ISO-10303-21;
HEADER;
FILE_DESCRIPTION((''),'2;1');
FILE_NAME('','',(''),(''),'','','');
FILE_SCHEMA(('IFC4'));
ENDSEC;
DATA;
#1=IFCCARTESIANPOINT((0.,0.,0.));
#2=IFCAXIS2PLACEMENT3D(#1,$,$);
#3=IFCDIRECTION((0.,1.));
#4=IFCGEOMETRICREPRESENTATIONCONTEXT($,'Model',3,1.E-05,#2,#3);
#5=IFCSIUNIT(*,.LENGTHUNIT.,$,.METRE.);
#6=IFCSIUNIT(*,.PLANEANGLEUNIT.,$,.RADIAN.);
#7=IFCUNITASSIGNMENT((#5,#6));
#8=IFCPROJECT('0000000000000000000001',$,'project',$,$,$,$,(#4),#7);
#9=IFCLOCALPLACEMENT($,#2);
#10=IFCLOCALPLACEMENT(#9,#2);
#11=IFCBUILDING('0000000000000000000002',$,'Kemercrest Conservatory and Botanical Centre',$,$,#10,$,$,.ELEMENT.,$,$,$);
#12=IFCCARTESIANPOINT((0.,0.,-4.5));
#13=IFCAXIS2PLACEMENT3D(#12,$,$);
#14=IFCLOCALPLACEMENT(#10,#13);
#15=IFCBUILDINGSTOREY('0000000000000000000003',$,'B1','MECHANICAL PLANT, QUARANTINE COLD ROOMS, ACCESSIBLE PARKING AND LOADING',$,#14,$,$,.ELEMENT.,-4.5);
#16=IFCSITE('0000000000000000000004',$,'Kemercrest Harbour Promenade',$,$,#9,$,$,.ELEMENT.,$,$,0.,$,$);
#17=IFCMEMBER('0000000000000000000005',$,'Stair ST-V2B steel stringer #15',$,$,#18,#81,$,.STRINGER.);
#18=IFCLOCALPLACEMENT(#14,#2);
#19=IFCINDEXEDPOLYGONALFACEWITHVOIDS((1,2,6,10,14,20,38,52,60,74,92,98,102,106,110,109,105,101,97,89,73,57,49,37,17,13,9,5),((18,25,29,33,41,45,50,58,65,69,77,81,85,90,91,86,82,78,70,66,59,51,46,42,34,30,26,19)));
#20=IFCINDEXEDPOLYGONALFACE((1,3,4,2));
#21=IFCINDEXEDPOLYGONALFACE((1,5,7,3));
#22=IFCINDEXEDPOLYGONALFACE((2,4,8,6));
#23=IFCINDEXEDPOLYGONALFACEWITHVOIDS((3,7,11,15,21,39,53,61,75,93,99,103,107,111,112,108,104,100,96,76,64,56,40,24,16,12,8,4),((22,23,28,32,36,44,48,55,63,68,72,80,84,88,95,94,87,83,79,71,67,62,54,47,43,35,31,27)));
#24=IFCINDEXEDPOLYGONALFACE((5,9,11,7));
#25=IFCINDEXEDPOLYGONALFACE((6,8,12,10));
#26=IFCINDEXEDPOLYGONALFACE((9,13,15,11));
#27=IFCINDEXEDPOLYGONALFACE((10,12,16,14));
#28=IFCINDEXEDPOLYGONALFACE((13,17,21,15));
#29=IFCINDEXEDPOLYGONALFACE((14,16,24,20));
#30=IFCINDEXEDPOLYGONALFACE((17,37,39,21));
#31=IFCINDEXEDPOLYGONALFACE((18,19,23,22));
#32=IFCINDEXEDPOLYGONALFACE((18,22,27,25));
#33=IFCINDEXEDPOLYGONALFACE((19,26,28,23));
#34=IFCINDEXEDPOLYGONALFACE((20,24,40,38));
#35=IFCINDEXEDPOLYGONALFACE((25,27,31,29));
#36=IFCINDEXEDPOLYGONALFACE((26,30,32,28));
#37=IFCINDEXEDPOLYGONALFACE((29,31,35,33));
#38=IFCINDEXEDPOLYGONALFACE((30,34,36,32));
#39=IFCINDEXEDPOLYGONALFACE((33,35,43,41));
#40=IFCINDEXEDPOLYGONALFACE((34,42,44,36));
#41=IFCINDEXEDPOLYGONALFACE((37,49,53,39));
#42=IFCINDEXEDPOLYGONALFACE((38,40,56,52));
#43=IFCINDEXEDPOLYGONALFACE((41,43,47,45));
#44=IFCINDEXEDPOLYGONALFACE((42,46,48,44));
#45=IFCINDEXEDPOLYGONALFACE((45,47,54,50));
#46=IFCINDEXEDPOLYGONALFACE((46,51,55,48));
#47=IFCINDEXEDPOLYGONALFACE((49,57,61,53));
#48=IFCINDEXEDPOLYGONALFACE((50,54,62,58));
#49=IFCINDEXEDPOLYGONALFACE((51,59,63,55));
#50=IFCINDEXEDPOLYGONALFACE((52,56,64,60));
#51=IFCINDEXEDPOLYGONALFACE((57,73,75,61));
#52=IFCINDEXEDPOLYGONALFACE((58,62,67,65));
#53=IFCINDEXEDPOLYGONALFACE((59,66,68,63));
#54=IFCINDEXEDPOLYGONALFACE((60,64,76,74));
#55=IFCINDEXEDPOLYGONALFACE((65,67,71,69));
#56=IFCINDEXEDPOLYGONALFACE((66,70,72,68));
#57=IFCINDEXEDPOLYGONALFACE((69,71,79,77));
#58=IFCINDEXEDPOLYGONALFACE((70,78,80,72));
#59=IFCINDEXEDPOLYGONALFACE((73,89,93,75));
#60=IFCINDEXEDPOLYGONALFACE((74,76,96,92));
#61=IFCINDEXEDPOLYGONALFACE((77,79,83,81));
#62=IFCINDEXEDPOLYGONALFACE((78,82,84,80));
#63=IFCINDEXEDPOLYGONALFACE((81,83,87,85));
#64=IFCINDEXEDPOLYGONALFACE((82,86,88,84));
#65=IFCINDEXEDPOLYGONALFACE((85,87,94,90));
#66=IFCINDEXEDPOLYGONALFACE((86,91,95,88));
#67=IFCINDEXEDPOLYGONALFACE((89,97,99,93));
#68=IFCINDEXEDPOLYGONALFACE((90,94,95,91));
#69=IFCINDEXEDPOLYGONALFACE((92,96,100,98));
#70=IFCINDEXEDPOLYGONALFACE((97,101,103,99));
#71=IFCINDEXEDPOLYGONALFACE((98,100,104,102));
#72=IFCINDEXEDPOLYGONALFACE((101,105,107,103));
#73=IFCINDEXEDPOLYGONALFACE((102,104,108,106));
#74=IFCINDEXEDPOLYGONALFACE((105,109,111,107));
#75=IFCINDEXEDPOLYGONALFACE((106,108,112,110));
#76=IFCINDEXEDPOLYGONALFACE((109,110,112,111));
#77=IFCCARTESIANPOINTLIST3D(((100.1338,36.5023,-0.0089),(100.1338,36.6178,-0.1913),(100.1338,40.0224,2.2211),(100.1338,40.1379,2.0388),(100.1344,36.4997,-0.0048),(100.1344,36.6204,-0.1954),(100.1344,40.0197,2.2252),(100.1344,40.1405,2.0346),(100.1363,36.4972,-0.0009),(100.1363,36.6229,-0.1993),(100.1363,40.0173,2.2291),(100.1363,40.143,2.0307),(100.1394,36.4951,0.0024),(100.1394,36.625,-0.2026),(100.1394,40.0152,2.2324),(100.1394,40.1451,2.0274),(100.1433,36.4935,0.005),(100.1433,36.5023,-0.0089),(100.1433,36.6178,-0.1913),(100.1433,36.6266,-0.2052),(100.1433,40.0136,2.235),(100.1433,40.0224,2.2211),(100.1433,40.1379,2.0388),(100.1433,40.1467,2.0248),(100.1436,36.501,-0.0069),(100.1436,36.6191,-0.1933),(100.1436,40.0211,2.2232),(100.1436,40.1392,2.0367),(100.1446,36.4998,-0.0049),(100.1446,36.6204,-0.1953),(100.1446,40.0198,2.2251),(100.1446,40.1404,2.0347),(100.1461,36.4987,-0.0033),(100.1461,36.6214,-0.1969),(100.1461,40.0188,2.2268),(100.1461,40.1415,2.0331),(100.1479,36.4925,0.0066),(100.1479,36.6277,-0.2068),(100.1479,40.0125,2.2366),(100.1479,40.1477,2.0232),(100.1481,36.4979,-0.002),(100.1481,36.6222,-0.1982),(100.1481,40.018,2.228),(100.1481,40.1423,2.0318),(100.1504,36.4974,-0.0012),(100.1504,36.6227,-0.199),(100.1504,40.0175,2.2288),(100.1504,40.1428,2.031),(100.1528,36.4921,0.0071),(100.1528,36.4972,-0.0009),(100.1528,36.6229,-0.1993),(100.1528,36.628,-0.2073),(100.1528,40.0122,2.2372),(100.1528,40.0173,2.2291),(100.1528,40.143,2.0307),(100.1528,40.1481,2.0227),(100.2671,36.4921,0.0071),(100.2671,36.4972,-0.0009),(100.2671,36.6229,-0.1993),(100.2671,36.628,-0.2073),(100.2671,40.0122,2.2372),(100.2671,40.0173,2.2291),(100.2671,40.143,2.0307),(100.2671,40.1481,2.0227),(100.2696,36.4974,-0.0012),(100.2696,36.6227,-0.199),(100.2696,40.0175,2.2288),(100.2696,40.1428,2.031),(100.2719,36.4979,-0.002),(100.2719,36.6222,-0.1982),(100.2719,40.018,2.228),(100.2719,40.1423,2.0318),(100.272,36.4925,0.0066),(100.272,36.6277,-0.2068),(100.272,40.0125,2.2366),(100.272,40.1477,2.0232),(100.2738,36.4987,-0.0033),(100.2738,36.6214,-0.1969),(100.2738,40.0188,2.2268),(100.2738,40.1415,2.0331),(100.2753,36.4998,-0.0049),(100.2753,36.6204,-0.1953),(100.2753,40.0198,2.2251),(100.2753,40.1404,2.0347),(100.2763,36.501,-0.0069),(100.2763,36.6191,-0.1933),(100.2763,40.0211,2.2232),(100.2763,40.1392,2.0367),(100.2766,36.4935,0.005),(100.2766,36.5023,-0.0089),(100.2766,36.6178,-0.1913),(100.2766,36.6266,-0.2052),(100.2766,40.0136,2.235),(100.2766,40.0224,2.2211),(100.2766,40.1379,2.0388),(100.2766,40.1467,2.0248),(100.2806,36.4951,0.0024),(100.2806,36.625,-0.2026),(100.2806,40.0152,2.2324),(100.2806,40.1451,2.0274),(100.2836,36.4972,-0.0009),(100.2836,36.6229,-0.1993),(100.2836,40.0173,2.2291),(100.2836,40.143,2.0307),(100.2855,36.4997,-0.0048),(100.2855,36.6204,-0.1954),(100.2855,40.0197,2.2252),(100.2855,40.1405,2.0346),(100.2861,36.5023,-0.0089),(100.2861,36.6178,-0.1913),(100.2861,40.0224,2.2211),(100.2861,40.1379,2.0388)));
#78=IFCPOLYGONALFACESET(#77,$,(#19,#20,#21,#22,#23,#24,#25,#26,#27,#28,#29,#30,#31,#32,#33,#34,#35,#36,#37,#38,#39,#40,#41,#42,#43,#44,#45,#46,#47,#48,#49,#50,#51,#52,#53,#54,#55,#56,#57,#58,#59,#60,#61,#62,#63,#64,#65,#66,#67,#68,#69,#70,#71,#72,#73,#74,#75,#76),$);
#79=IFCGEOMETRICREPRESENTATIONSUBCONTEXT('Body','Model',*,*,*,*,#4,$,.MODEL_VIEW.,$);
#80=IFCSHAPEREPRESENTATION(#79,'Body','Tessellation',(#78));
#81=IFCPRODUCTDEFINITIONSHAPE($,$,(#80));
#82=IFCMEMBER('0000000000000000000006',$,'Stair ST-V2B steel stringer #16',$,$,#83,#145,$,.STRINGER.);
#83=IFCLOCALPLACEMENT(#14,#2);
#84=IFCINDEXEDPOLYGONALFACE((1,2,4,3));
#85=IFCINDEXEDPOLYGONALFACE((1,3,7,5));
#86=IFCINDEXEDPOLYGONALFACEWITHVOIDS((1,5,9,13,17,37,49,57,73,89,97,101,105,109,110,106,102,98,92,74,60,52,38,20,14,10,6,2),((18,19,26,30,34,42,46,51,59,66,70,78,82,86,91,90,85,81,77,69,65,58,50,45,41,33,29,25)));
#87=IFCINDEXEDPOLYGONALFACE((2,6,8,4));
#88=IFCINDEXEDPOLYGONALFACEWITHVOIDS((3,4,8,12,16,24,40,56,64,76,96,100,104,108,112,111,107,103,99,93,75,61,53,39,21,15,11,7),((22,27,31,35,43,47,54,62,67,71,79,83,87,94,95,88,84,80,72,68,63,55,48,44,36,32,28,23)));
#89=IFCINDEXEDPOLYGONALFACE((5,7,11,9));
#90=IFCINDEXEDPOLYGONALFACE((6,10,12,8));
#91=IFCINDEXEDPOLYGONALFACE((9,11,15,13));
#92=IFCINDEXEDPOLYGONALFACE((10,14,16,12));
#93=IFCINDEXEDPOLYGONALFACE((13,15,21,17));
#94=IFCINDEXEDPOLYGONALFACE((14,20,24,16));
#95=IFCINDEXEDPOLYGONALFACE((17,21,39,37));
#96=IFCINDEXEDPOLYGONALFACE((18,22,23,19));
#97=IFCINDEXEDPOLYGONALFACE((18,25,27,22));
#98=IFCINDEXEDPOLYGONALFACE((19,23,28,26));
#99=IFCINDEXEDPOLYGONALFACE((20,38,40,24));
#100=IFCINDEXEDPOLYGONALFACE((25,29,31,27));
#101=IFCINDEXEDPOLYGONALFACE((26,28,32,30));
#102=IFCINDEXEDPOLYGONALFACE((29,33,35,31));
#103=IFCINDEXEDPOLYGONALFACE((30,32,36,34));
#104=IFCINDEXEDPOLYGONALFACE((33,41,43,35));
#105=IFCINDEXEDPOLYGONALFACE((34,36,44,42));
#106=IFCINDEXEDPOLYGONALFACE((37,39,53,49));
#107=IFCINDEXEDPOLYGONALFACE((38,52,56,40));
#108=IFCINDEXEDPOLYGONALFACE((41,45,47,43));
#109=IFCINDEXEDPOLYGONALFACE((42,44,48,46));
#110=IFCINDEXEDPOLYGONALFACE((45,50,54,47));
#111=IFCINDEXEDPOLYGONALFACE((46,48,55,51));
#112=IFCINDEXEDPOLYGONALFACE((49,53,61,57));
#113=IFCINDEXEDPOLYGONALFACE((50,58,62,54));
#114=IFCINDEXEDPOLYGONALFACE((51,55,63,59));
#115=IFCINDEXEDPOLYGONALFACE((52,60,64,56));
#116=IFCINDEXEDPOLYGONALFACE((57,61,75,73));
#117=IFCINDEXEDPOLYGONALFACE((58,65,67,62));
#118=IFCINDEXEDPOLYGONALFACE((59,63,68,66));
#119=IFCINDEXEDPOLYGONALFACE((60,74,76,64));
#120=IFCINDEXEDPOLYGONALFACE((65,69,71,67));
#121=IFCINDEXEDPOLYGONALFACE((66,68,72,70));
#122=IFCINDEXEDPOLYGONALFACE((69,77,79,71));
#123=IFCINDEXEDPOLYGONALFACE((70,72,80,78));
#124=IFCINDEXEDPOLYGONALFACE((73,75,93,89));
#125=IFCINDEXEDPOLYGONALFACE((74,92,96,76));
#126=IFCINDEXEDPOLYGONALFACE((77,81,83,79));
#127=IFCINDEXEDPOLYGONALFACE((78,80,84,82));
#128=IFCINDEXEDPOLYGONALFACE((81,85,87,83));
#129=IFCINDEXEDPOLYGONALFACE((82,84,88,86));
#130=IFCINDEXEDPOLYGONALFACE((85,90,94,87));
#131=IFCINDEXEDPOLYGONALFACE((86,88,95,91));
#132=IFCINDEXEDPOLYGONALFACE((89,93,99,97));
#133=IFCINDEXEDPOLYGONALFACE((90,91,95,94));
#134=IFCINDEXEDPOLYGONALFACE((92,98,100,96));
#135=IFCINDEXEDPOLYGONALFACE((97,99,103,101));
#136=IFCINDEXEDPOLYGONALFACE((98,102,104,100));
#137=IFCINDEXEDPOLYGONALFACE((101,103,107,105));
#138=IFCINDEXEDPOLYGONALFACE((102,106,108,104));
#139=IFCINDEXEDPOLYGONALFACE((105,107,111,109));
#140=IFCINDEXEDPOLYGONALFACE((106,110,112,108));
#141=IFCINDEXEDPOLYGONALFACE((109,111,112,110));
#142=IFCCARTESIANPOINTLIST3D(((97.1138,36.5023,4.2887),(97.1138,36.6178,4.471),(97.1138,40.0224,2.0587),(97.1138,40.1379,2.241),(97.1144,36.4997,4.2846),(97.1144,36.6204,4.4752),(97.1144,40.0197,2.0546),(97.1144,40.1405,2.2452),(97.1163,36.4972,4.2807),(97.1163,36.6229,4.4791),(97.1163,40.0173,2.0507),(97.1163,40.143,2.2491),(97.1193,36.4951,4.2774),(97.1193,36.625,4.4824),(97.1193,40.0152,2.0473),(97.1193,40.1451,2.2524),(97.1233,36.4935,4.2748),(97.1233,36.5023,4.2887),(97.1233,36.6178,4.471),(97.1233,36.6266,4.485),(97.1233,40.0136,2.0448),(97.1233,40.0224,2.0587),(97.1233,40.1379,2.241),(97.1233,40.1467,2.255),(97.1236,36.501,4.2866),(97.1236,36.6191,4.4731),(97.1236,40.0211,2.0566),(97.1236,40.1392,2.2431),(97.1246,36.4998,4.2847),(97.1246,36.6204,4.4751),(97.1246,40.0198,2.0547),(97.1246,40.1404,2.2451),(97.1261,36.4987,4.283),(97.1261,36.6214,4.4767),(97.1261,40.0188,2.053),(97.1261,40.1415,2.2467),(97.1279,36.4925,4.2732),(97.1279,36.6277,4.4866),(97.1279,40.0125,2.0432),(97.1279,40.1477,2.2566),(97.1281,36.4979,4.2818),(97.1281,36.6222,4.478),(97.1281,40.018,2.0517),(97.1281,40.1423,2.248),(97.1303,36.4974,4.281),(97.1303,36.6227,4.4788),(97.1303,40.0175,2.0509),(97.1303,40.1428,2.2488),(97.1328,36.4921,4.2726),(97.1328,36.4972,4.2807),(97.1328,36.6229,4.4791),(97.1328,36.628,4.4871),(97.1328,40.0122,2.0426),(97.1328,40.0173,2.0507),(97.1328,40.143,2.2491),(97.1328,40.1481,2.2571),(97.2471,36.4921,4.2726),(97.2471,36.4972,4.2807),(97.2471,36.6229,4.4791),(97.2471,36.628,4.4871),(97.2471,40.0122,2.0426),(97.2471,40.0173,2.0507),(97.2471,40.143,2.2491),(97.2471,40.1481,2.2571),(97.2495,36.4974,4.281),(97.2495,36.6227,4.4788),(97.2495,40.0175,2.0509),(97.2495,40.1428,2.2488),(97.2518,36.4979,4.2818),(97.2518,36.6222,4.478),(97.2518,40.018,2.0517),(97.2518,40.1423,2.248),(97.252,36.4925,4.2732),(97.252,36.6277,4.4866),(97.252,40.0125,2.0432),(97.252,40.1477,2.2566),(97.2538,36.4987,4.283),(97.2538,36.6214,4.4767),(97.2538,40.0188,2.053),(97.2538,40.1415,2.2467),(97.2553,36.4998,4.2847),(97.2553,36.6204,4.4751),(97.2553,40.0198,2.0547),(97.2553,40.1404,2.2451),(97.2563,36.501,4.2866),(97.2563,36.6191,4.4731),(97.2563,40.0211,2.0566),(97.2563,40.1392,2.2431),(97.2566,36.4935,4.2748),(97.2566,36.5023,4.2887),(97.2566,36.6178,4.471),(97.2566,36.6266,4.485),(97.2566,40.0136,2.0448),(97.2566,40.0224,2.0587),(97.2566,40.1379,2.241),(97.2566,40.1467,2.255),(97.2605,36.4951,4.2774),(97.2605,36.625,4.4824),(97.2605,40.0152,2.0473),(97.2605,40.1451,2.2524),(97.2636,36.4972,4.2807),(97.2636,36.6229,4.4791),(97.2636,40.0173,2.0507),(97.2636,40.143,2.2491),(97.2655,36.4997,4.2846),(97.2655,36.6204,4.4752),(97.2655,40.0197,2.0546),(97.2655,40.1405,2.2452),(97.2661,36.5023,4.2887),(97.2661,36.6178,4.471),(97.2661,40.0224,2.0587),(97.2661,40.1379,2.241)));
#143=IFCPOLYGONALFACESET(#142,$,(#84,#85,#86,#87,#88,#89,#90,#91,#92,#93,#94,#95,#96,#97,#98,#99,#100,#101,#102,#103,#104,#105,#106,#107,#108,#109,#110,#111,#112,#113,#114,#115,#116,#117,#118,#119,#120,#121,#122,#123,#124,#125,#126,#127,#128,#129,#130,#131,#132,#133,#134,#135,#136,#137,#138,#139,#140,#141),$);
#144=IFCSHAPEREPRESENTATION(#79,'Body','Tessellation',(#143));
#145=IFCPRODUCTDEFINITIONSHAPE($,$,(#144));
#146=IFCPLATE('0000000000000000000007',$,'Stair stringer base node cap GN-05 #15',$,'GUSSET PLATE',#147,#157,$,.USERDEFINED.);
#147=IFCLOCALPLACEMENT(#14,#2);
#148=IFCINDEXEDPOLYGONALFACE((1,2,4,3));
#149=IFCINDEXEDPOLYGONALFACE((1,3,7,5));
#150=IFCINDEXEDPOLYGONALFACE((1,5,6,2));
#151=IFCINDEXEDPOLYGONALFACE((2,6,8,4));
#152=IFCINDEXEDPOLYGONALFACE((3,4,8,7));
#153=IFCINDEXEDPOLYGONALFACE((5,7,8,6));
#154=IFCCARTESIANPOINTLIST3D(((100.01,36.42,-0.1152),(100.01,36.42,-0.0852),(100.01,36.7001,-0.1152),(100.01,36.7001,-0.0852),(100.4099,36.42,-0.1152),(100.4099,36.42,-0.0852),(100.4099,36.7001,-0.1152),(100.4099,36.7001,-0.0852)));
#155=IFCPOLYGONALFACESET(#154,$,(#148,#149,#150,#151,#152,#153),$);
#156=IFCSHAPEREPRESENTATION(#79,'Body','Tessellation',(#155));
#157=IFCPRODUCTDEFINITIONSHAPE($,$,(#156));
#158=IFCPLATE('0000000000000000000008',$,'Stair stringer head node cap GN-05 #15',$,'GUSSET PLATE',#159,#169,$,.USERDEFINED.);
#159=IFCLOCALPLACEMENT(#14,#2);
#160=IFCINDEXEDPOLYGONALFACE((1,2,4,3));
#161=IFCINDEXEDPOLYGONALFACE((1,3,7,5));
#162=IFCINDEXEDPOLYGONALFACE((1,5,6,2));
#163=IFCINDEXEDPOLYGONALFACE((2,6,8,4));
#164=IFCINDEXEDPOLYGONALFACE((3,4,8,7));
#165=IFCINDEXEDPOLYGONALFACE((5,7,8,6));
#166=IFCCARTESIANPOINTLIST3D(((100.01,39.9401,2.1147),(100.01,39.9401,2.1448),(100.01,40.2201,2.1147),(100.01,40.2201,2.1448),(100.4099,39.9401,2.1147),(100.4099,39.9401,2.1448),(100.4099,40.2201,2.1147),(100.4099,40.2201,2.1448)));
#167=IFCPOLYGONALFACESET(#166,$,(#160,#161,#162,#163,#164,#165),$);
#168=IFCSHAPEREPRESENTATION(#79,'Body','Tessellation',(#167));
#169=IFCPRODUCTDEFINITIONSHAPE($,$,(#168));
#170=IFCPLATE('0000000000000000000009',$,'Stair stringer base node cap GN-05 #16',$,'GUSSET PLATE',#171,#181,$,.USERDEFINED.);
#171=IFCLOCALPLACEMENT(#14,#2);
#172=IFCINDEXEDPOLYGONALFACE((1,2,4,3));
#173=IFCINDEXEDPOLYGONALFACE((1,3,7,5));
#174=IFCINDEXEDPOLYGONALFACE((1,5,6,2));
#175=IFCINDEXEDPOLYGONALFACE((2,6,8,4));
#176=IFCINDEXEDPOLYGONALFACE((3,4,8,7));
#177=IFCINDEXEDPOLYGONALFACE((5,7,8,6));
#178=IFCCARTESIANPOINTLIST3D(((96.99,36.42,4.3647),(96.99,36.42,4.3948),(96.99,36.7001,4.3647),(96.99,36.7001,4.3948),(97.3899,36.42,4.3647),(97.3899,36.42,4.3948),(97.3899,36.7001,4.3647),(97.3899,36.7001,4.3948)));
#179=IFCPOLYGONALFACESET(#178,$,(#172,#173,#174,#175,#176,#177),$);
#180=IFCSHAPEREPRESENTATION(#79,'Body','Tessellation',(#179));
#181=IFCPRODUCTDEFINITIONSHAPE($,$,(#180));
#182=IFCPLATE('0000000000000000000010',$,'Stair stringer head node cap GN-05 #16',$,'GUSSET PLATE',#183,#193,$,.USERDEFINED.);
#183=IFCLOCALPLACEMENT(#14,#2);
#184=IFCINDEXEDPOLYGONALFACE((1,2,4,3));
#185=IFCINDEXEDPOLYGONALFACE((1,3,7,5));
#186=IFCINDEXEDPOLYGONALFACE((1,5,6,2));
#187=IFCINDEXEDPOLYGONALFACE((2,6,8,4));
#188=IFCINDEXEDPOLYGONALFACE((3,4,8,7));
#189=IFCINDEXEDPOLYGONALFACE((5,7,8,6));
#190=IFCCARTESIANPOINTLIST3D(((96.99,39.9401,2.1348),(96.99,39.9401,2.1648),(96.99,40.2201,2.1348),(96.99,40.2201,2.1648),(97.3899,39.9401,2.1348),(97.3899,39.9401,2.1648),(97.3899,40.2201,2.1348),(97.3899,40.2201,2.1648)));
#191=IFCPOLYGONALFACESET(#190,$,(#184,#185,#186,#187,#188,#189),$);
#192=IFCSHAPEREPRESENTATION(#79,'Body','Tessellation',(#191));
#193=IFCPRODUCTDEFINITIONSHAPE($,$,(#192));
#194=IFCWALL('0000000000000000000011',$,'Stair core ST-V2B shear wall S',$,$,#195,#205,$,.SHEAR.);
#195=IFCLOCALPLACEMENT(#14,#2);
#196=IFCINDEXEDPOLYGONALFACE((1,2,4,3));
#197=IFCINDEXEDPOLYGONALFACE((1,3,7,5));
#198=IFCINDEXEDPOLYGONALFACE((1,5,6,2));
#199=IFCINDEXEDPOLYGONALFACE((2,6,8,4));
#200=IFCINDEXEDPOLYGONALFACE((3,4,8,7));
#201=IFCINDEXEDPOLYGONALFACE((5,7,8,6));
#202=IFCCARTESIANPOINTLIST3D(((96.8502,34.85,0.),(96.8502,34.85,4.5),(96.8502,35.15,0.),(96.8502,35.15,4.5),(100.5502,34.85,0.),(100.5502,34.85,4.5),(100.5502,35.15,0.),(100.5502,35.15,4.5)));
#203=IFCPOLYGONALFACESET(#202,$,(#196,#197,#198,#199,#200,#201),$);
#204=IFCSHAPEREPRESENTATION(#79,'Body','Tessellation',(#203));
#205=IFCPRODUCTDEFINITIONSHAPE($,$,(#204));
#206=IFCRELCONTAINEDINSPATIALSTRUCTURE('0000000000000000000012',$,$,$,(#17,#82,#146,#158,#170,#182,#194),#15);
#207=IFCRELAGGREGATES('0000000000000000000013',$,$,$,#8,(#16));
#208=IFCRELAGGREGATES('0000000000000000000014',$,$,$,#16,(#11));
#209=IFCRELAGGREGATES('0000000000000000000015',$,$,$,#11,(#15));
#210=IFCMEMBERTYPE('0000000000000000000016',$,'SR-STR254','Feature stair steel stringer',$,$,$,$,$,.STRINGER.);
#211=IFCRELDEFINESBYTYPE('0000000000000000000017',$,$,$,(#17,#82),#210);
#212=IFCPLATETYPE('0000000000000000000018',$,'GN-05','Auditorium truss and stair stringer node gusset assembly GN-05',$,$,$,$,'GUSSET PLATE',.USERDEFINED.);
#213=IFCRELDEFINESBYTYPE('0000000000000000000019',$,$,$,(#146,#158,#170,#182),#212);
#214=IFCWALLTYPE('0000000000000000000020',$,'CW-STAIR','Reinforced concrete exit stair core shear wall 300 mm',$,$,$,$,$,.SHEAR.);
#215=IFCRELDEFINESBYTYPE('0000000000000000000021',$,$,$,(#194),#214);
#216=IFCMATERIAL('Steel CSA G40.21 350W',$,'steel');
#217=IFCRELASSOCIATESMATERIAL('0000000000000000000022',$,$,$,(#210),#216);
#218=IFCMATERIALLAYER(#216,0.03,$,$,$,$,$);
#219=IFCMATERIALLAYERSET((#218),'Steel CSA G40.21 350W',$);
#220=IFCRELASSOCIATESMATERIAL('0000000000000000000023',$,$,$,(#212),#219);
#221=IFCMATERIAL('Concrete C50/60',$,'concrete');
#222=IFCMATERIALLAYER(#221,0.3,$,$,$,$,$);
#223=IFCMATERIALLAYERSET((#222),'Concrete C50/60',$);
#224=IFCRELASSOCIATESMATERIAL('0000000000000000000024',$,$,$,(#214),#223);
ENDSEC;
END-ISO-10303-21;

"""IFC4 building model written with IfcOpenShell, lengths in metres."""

from ifc_helpers import new_model, si_unit, direction, frame, frame_2d, origin, origin_2d, place, context, subcontext, project, spatial, rectangle, hollow_rectangle, extrude, material, layer, layer_set, material_profile, profile_set, type_object, element, save


model = new_model("IFC4")

# Units and contexts
model_context = context("Model", 3, precision=1e-05, world=origin(), true_north=direction((0.0, 1.0)))
body_context = subcontext(model_context, "Body", "Model", "MODEL_VIEW")
ifc_project = project(units=[si_unit("LENGTHUNIT", "METRE"), si_unit("PLANEANGLEUNIT", "RADIAN")], contexts=[model_context])

# Site, building, storey
site_placement = place(None, origin())
site = spatial("IfcSite", under=ifc_project, at=site_placement, Name="Kemercrest Harbour Promenade", CompositionType="ELEMENT", RefElevation=0.0)
building_placement = place(site_placement, origin())
building = spatial("IfcBuilding", under=site, at=building_placement, Name="Kemercrest Conservatory and Botanical Centre", CompositionType="ELEMENT")
storey_placement = place(building_placement, frame((0.0, 0.0, -4.5)))
storey = spatial("IfcBuildingStorey", under=building, at=storey_placement, Name="B1", Description="MECHANICAL PLANT, QUARANTINE COLD ROOMS, ACCESSIBLE PARKING AND LOADING", CompositionType="ELEMENT", Elevation=-4.5)

# Shared definitions
ifc_material_1 = material(Name="Concrete C50/60", Category="concrete")

# Members
ifc_material_2 = material(Name="Steel CSA G40.21 350W", Category="steel")
ifc_material_profile_1 = material_profile(ifc_material_2, hollow_rectangle(XDim=0.1523, YDim=0.2539, WallThickness=0.0095, InnerFilletRadius=0.0095, OuterFilletRadius=0.019, at=origin_2d()), Name="HSS 254x152x9.5")
ifc_profile_set_1 = profile_set([ifc_material_profile_1], Name="Steel CSA G40.21 350W")
member_type = type_object("IfcMemberType", Name="SR-STR254", Description="Feature stair steel stringer", PredefinedType="STRINGER", material=ifc_profile_set_1)
for number, where, z_axis, x_axis, name in (
    (1, (100.21, 36.5601, -0.1001), (0.0, 0.84475, 0.535161), (-1.0, 0.0, 0.0), "Stair ST-V2B steel stringer #15"),
    (2, (97.1899, 36.5601, 4.3799), (0.0, 0.84475, -0.535161), (-1.0, 0.0, 0.0), "Stair ST-V2B steel stringer #16"),
):
    element("IfcMember", number, at=place(storey_placement, frame(where, z_axis=z_axis, x_axis=x_axis)), inside=storey, type_object=member_type, Name=name, PredefinedType="STRINGER", context=body_context, shape_type="SweptSolid", body=[
        extrude(hollow_rectangle(XDim=0.1523, YDim=0.2539, WallThickness=0.0095, InnerFilletRadius=0.0095, OuterFilletRadius=0.019, at=origin_2d()), origin(), (0.0, 0.0, 1.0), 4.167),
    ])

# Plates
ifc_layer_1 = layer(ifc_material_2, 0.03)
ifc_layer_set_1 = layer_set([ifc_layer_1], Name="Steel CSA G40.21 350W")
plate_type = type_object("IfcPlateType", Name="GN-05", Description="Auditorium truss and stair stringer node gusset assembly GN-05", ElementType="GUSSET PLATE", PredefinedType="USERDEFINED", material=ifc_layer_set_1)
for number, where, z_axis, x_axis, name in (
    (3, (100.21, 36.5601, -0.1152), (0.0, 0.0, 1.0), (1.0, 0.0, 0.0), "Stair stringer base node cap GN-05 #15"),
    (4, (100.21, 40.0801, 2.1147), (0.0, 0.0, 1.0), (1.0, 0.0, 0.0), "Stair stringer head node cap GN-05 #15"),
    (5, (97.1899, 36.5601, 4.3647), (0.0, 0.0, 1.0), (1.0, 0.0, 0.0), "Stair stringer base node cap GN-05 #16"),
    (6, (97.1899, 40.0801, 2.1348), (0.0, 0.0, 1.0), (1.0, 0.0, 0.0), "Stair stringer head node cap GN-05 #16"),
):
    element("IfcPlate", number, at=place(storey_placement, frame(where, z_axis=z_axis, x_axis=x_axis)), inside=storey, type_object=plate_type, Name=name, ObjectType="GUSSET PLATE", PredefinedType="USERDEFINED", context=body_context, shape_type="SweptSolid", body=[
        extrude(rectangle(XDim=0.3999, YDim=0.28, at=origin_2d()), origin(), (0.0, 0.0, 1.0), 0.03),
    ])

# Wall
ifc_layer_2 = layer(ifc_material_1, 0.3)
ifc_layer_set_2 = layer_set([ifc_layer_2], Name="Concrete C50/60")
wall_type = type_object("IfcWallType", Name="CW-STAIR", Description="Reinforced concrete exit stair core shear wall 300 mm", PredefinedType="SHEAR", material=ifc_layer_set_2)
wall_1_placement = place(storey_placement, frame((96.8501, 35.0, 0.0), z_axis=(0.0, 0.0, 1.0), x_axis=(1.0, 0.0, 0.0)))
element("IfcWall", 7, at=wall_1_placement, inside=storey, type_object=wall_type, Name="Stair core ST-V2B shear wall S", PredefinedType="SHEAR", context=body_context, shape_type="SweptSolid", body=[
    extrude(rectangle(XDim=3.7, YDim=0.3, at=frame_2d((1.8501, 0.0))), origin(), (0.0, 0.0, 1.0), 4.5),
])

save(model, "model.ifc")
